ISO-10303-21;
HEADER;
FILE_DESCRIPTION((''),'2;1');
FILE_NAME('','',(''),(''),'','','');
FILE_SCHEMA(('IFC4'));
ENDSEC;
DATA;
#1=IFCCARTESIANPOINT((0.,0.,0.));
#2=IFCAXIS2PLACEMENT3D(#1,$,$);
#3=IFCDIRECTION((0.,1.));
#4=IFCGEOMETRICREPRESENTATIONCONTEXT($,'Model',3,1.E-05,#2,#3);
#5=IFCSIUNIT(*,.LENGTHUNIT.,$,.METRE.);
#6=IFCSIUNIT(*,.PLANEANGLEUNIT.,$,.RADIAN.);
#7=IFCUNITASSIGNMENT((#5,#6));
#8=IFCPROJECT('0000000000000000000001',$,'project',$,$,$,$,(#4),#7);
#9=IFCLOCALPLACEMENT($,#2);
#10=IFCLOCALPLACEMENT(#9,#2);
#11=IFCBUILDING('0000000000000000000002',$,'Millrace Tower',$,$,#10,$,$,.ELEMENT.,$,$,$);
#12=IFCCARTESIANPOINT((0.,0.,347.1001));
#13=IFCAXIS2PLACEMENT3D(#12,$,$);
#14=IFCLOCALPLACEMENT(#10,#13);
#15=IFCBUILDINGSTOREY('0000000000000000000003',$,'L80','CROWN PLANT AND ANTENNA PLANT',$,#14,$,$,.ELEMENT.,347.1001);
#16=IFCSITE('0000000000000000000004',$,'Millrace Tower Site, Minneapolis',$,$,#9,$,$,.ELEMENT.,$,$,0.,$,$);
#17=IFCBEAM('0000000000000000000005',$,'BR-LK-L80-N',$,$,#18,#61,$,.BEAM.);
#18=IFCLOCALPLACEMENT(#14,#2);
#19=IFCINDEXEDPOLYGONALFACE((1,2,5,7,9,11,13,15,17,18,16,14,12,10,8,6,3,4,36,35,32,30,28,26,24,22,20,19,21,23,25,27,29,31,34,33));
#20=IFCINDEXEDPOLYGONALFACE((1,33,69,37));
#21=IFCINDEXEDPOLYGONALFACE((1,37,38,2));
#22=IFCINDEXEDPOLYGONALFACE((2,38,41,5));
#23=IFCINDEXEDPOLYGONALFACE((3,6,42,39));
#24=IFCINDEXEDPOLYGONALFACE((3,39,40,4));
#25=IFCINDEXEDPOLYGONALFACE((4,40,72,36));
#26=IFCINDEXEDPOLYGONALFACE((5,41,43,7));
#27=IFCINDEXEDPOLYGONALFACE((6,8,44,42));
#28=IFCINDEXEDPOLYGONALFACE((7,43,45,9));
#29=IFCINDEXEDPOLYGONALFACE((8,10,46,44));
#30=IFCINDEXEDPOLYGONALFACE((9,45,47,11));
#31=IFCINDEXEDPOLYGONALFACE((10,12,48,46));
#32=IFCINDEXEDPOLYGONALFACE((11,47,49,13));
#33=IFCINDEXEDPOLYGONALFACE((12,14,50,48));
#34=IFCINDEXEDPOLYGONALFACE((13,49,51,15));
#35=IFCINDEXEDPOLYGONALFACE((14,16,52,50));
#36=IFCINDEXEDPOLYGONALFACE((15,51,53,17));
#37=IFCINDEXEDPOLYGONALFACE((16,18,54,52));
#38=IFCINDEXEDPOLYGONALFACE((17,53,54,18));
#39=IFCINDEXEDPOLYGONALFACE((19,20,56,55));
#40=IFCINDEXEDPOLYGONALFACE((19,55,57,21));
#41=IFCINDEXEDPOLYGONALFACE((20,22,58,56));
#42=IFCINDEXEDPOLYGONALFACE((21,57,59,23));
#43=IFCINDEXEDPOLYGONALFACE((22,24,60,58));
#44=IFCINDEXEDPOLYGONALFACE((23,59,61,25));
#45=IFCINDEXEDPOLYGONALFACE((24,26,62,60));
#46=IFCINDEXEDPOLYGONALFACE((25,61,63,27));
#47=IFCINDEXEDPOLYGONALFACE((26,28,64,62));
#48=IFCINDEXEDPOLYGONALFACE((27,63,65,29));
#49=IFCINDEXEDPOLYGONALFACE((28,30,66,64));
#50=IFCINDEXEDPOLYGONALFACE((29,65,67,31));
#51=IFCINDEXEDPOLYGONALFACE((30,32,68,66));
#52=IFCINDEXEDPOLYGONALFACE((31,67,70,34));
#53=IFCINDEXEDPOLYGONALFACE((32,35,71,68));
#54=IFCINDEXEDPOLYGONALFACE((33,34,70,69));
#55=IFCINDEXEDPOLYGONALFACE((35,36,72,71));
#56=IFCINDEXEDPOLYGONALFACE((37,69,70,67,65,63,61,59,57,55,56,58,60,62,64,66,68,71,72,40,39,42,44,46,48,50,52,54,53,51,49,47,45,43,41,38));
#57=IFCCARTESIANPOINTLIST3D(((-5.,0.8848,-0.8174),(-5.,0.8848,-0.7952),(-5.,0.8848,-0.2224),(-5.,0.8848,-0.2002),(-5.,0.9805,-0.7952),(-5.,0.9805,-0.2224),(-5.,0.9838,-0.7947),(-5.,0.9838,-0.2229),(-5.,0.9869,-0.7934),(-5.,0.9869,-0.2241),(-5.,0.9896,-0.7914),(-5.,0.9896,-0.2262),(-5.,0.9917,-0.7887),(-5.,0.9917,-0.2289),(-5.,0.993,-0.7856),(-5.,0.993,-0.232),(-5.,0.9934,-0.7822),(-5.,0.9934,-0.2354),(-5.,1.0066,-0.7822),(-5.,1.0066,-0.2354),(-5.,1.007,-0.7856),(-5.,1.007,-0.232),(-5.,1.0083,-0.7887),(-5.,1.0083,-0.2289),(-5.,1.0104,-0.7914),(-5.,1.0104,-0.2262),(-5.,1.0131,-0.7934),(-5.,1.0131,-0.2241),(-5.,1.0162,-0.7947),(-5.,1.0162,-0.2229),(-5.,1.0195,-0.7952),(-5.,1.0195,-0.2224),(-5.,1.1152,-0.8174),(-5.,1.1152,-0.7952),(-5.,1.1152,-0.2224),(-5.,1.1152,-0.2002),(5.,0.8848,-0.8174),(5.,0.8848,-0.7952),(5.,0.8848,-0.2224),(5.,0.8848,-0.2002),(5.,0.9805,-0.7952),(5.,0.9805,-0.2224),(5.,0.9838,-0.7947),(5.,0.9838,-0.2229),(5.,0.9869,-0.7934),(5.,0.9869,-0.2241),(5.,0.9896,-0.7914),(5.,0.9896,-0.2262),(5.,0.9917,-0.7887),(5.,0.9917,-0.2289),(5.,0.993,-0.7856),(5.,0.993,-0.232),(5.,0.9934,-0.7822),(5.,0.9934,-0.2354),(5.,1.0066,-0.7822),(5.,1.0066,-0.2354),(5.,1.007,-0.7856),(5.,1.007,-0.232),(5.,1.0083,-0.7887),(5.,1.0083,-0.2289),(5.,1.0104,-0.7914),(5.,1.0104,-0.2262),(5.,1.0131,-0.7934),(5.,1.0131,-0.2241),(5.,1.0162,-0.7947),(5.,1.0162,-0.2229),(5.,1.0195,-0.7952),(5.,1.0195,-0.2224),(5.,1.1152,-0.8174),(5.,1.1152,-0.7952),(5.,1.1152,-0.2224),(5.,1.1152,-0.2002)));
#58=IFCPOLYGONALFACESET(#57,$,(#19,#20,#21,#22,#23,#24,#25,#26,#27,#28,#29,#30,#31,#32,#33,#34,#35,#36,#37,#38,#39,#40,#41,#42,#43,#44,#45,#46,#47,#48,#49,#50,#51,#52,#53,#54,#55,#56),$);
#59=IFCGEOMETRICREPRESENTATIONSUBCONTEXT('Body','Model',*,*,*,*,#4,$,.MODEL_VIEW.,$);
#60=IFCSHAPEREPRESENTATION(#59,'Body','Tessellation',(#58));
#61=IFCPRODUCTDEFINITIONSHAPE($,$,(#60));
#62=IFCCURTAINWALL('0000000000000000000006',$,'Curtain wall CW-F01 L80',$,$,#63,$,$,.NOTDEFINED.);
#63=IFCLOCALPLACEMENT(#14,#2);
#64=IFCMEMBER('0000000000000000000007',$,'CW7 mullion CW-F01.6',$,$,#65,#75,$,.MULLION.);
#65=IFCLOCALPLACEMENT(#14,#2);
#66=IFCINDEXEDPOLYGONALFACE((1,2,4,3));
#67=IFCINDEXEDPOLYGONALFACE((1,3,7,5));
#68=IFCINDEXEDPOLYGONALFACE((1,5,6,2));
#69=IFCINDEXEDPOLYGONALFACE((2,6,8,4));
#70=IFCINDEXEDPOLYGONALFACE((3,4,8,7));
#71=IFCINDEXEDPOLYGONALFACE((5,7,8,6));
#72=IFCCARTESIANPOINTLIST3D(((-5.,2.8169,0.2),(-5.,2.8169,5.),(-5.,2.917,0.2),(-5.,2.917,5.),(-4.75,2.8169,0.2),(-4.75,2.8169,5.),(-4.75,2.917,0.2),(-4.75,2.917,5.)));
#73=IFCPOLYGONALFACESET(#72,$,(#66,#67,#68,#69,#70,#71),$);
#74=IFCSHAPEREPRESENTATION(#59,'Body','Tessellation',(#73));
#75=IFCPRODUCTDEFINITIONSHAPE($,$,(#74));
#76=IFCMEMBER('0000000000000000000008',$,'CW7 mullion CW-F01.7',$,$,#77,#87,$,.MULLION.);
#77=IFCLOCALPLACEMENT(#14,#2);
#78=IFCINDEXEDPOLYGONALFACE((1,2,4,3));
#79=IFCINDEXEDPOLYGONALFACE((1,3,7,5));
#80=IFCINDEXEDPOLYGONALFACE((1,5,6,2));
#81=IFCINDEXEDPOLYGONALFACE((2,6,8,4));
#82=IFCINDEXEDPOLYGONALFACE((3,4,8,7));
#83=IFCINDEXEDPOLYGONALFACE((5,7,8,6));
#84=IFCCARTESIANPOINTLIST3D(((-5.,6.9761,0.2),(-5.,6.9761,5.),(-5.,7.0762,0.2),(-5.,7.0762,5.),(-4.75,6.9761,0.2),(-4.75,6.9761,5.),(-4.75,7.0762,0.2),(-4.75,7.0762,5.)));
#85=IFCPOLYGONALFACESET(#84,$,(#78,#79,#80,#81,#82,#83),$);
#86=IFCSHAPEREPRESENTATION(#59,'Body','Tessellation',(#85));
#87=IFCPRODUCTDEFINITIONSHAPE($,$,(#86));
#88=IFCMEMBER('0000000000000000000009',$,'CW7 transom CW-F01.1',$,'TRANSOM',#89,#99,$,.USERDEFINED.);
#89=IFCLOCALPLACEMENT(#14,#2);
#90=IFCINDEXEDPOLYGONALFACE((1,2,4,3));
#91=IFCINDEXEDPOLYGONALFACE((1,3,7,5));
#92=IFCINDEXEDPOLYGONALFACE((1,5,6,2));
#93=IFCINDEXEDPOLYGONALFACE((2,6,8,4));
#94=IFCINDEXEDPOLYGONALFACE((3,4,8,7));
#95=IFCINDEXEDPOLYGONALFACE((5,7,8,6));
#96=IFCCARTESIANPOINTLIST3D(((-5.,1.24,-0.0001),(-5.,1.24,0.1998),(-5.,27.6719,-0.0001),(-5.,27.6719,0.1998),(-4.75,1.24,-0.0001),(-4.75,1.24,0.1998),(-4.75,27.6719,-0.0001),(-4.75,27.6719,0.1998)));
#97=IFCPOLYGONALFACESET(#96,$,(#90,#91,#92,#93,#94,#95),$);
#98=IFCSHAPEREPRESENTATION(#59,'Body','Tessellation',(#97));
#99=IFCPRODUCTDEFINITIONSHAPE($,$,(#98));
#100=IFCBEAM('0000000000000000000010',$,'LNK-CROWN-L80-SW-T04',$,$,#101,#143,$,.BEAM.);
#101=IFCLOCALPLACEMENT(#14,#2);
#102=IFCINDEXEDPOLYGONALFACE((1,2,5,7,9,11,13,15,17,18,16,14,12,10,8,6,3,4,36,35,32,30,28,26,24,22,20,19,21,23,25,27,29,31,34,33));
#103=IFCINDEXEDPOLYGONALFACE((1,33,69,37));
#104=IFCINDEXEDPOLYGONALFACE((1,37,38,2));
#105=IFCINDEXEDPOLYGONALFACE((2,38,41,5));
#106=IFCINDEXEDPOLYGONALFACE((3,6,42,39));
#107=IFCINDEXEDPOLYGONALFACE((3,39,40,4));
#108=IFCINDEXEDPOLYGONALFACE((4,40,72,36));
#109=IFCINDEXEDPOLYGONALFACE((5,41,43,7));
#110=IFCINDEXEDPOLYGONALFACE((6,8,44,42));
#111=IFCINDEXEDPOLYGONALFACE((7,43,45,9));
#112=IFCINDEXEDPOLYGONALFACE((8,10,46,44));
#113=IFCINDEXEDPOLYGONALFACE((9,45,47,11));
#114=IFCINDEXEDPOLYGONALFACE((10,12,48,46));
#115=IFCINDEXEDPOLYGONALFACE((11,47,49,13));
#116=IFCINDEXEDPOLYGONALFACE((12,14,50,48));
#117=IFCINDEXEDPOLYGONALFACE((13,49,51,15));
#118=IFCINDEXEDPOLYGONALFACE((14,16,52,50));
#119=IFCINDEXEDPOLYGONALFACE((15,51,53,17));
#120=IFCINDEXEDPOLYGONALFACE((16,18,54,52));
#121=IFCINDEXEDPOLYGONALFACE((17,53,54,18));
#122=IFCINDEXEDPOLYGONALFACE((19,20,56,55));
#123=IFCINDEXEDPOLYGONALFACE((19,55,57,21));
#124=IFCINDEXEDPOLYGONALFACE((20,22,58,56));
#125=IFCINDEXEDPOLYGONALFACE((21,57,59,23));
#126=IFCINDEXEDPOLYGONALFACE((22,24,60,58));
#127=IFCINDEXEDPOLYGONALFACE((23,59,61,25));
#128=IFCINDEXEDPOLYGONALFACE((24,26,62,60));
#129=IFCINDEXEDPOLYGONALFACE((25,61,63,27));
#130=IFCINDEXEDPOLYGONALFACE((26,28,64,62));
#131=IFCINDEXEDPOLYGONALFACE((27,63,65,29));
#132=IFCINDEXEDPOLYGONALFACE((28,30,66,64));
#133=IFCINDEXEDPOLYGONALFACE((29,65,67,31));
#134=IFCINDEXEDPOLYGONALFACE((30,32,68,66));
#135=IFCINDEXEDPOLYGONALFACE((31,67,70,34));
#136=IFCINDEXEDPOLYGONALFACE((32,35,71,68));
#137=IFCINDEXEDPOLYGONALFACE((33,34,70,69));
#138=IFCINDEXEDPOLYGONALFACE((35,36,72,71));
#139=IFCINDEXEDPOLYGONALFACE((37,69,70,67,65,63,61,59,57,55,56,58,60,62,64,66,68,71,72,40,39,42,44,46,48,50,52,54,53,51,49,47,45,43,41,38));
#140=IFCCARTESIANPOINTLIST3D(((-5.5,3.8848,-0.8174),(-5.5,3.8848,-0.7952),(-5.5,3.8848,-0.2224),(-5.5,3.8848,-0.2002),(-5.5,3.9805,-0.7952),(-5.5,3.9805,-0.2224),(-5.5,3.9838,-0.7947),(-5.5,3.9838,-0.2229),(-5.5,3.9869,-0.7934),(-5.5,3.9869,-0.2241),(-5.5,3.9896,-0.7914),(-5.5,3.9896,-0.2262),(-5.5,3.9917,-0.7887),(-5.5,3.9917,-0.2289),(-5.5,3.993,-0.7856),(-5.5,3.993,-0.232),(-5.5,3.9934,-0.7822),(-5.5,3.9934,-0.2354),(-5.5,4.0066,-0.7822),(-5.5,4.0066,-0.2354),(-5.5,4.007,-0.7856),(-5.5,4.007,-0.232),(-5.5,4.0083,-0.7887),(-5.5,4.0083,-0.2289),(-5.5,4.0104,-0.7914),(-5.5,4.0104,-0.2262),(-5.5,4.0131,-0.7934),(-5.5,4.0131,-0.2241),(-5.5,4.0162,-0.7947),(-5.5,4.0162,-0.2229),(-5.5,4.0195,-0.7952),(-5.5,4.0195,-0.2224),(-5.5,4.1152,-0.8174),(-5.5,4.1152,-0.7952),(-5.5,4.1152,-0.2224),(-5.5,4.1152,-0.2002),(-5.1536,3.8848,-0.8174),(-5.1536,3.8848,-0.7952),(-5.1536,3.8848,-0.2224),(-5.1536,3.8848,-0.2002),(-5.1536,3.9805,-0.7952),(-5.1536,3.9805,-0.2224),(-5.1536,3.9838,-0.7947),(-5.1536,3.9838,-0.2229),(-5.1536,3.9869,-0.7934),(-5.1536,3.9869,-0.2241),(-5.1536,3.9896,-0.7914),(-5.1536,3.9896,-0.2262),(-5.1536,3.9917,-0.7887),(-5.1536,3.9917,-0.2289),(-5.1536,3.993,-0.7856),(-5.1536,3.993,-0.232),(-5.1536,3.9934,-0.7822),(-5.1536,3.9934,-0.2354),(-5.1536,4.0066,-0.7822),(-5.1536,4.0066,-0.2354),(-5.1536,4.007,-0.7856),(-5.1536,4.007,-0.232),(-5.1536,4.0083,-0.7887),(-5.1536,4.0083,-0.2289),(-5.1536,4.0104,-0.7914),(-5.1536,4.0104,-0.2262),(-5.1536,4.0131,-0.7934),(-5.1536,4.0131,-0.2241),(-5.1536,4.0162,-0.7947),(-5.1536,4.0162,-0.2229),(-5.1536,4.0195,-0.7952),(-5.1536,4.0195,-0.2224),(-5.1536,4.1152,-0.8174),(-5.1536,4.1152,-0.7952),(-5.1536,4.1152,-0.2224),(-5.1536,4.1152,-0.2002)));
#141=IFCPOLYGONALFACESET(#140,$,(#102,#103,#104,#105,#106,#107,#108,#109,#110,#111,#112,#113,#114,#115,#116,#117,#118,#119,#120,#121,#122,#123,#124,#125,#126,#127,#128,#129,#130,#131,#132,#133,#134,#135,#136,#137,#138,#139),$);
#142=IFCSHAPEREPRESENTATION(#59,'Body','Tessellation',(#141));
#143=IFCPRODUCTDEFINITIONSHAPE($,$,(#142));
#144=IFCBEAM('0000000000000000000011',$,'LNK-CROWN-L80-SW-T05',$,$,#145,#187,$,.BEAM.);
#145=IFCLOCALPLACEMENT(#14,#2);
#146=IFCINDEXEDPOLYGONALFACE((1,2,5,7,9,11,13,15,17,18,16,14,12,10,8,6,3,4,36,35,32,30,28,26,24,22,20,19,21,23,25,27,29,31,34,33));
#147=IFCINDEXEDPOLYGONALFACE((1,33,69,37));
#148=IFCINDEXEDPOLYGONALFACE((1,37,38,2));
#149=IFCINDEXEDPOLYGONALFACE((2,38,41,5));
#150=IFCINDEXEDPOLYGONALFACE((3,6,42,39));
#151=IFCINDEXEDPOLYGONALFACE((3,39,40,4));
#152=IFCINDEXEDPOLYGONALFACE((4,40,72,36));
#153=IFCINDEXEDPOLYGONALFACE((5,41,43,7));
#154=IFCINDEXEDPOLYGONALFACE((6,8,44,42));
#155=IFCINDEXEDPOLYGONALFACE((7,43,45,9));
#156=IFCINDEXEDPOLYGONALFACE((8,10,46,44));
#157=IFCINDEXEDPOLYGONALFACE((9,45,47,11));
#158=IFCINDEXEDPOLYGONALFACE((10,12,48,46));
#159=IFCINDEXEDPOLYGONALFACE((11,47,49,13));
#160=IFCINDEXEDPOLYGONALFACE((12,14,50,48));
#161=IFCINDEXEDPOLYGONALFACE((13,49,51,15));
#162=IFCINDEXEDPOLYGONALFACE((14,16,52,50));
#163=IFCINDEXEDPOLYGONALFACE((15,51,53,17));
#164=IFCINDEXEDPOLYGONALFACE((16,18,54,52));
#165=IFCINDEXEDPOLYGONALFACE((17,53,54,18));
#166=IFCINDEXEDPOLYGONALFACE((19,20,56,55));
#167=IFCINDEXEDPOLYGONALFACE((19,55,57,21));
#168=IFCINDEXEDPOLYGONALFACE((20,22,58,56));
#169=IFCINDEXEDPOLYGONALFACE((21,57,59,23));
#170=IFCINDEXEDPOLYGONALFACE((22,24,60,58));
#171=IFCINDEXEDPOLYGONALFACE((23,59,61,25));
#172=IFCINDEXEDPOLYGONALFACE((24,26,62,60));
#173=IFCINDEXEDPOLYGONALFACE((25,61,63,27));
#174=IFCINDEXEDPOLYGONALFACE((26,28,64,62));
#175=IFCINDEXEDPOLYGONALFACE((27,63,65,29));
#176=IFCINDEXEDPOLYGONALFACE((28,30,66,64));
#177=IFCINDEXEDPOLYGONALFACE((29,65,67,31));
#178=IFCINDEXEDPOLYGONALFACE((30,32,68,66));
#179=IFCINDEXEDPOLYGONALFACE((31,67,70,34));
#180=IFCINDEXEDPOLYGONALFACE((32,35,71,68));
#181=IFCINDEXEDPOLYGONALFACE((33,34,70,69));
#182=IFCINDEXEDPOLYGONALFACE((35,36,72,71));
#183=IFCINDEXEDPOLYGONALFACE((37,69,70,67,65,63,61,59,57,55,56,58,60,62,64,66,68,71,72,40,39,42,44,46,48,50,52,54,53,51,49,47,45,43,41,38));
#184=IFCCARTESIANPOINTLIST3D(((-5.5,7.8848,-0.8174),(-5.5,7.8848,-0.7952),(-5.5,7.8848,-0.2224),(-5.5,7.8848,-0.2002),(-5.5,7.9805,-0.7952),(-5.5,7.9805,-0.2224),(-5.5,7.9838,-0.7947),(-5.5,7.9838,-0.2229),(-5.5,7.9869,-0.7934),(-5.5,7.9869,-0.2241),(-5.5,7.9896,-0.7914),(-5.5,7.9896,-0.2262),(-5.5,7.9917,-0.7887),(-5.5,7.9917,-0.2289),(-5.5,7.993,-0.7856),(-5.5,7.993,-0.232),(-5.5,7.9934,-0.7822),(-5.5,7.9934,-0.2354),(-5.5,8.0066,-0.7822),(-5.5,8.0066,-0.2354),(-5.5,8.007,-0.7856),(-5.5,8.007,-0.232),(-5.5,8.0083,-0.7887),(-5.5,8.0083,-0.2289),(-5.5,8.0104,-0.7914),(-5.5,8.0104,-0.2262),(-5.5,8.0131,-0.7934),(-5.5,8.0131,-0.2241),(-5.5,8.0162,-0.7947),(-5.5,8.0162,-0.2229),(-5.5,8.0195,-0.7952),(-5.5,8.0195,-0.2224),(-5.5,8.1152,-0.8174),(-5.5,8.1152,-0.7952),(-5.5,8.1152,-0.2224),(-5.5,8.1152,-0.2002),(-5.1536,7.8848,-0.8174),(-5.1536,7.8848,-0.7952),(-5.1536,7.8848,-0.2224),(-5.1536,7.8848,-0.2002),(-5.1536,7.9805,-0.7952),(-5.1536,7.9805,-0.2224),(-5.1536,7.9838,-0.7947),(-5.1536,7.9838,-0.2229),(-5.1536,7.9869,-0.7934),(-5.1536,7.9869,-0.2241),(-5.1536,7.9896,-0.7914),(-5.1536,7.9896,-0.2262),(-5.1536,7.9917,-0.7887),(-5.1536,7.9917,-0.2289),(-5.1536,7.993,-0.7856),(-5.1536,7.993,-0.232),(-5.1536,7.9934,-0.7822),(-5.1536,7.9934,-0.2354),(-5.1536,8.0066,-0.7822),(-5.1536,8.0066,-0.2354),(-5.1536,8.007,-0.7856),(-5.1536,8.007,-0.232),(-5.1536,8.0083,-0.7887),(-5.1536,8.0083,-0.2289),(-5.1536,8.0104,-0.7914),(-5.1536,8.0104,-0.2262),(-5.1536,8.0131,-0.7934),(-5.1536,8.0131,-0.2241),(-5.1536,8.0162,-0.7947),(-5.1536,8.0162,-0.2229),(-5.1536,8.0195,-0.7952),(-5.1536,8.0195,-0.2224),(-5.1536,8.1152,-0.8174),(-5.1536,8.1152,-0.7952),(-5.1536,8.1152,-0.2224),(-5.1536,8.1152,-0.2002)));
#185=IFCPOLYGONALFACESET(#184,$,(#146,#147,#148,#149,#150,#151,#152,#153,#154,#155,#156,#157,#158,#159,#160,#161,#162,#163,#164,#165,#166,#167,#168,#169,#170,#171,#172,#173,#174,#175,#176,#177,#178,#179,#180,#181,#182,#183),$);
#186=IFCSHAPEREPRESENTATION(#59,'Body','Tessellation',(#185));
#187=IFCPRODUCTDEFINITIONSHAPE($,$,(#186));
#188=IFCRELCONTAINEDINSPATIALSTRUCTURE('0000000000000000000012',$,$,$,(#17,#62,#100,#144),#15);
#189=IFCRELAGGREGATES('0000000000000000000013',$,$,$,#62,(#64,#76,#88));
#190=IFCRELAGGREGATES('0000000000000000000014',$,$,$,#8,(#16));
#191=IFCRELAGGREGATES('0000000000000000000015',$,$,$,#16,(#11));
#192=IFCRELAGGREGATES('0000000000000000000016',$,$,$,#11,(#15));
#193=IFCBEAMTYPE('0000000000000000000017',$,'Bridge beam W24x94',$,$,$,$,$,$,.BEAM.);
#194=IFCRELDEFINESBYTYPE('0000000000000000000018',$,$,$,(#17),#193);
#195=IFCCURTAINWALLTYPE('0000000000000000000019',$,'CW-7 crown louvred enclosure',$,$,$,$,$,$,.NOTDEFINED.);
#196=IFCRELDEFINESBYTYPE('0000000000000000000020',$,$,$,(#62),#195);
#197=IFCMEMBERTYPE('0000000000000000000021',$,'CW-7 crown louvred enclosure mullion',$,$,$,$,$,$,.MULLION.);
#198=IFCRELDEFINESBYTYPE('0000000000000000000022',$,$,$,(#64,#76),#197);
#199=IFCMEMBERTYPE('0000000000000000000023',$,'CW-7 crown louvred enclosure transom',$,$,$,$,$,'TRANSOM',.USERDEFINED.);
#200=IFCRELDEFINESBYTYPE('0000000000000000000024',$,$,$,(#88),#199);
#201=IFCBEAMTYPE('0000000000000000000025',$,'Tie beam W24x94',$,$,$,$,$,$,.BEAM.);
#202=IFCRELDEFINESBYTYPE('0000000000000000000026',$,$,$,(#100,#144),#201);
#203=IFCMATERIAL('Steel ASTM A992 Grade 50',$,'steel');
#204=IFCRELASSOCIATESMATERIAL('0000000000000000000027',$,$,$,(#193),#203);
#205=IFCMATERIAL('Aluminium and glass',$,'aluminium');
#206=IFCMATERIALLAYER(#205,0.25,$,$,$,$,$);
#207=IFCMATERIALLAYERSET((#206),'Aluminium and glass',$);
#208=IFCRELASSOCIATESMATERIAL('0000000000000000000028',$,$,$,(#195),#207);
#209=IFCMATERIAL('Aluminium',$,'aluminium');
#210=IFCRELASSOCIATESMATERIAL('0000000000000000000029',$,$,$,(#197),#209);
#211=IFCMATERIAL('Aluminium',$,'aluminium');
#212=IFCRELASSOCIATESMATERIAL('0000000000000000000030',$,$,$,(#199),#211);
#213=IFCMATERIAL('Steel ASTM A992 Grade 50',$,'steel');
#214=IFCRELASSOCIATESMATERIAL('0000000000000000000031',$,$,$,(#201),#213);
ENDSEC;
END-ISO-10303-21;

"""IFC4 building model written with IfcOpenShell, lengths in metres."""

from ifc_helpers import new_model, si_unit, direction, frame, origin, origin_2d, place, context, subcontext, project, spatial, rectangle, i_section, extrude, material, layer, layer_set, material_profile, profile_set, type_object, element, aggregate, save


model = new_model("IFC4")

# Units and contexts
model_context = context("Model", 3, precision=1e-05, world=origin(), true_north=direction((0.0, 1.0)))
body_context = subcontext(model_context, "Body", "Model", "MODEL_VIEW")
ifc_project = project(units=[si_unit("LENGTHUNIT", "METRE"), si_unit("PLANEANGLEUNIT", "RADIAN")], contexts=[model_context])

# Site, building, storey
site_placement = place(None, origin())
site = spatial("IfcSite", under=ifc_project, at=site_placement, Name="Millrace Tower Site, Minneapolis", CompositionType="ELEMENT", RefElevation=0.0)
building_placement = place(site_placement, origin())
building = spatial("IfcBuilding", under=site, at=building_placement, Name="Millrace Tower", CompositionType="ELEMENT")
storey_placement = place(building_placement, frame((0.0, 0.0, 347.1001)))
storey = spatial("IfcBuildingStorey", under=building, at=storey_placement, Name="L80", Description="CROWN PLANT AND ANTENNA PLANT", CompositionType="ELEMENT", Elevation=347.1001)

# Beam
ifc_material_1 = material(Name="Steel ASTM A992 Grade 50", Category="steel")
ifc_material_profile_1 = material_profile(ifc_material_1, i_section(OverallWidth=0.2305, OverallDepth=0.6172, WebThickness=0.0132, FlangeThickness=0.0222, FilletRadius=0.0129, at=origin_2d()))
ifc_profile_set_1 = profile_set([ifc_material_profile_1], Name="Steel ASTM A992 Grade 50")
beam_type_1 = type_object("IfcBeamType", Name="Bridge beam W24x94", PredefinedType="BEAM", material=ifc_profile_set_1)
beam_placement = place(storey_placement, frame((-5.0, 1.0, -0.5088), z_axis=(1.0, 0.0, 0.0), x_axis=(0.0, 1.0, 0.0)))
element("IfcBeam", 1, at=beam_placement, inside=storey, type_object=beam_type_1, Name="BR-LK-L80-N", PredefinedType="BEAM", context=body_context, shape_type="SweptSolid", body=[
    extrude(i_section(OverallWidth=0.2305, OverallDepth=0.6172, WebThickness=0.0132, FlangeThickness=0.0222, FilletRadius=0.0129, at=origin_2d()), origin(), (0.0, 0.0, 1.0), 10.0),
])

# Curtain wall, members
ifc_material_2 = material(Name="Aluminium and glass", Category="aluminium")
ifc_layer_1 = layer(ifc_material_2, 0.25)
ifc_layer_set_1 = layer_set([ifc_layer_1], Name="Aluminium and glass")
curtain_wall_type = type_object("IfcCurtainWallType", Name="CW-7 crown louvred enclosure", PredefinedType="NOTDEFINED", material=ifc_layer_set_1)
placement_1 = place(storey_placement, origin())
curtain_wall_1 = element("IfcCurtainWall", 2, at=placement_1, inside=storey, type_object=curtain_wall_type, Name="Curtain wall CW-F01 L80", PredefinedType="NOTDEFINED")
ifc_material_3 = material(Name="Aluminium", Category="aluminium")
ifc_material_profile_2 = material_profile(ifc_material_3, rectangle(XDim=0.1001, YDim=0.25, at=origin_2d()))
ifc_profile_set_2 = profile_set([ifc_material_profile_2], Name="Aluminium")
member_type_1 = type_object("IfcMemberType", Name="CW-7 crown louvred enclosure mullion", PredefinedType="MULLION", material=ifc_profile_set_2)
member_1_placement = place(storey_placement, frame((-4.875, 2.8669, 0.2), z_axis=(0.0, 0.0, 1.0), x_axis=(0.0, 1.0, 0.0)))
member_1 = element("IfcMember", 3, at=member_1_placement, type_object=member_type_1, Name="CW7 mullion CW-F01.6", PredefinedType="MULLION", context=body_context, shape_type="SweptSolid", body=[
    extrude(rectangle(XDim=0.1001, YDim=0.25, at=origin_2d()), origin(), (0.0, 0.0, 1.0), 4.8),
])
member_2_placement = place(storey_placement, frame((-4.875, 7.0261, 0.2), z_axis=(0.0, 0.0, 1.0), x_axis=(0.0, 1.0, 0.0)))
member_2 = element("IfcMember", 4, at=member_2_placement, type_object=member_type_1, Name="CW7 mullion CW-F01.7", PredefinedType="MULLION", context=body_context, shape_type="SweptSolid", body=[
    extrude(rectangle(XDim=0.1001, YDim=0.25, at=origin_2d()), origin(), (0.0, 0.0, 1.0), 4.8),
])
ifc_material_4 = material(Name="Aluminium", Category="aluminium")
ifc_material_profile_3 = material_profile(ifc_material_4, rectangle(XDim=0.25, YDim=0.2, at=origin_2d()))
ifc_profile_set_3 = profile_set([ifc_material_profile_3], Name="Aluminium")
member_type_2 = type_object("IfcMemberType", Name="CW-7 crown louvred enclosure transom", ElementType="TRANSOM", PredefinedType="USERDEFINED", material=ifc_profile_set_3)
member_3_placement = place(storey_placement, frame((-4.875, 1.24, 0.0999), z_axis=(0.0, 1.0, 0.0), x_axis=(-1.0, 0.0, 0.0)))
member_3 = element("IfcMember", 5, at=member_3_placement, type_object=member_type_2, Name="CW7 transom CW-F01.1", ObjectType="TRANSOM", PredefinedType="USERDEFINED", context=body_context, shape_type="SweptSolid", body=[
    extrude(rectangle(XDim=0.25, YDim=0.2, at=origin_2d()), origin(), (0.0, 0.0, 1.0), 26.4319),
])
aggregate(curtain_wall_1, [member_1, member_2, member_3])

# Beams
ifc_material_5 = material(Name="Steel ASTM A992 Grade 50", Category="steel")
ifc_material_profile_4 = material_profile(ifc_material_5, i_section(OverallWidth=0.2305, OverallDepth=0.6172, WebThickness=0.0132, FlangeThickness=0.0222, FilletRadius=0.0129, at=origin_2d()))
ifc_profile_set_4 = profile_set([ifc_material_profile_4], Name="Steel ASTM A992 Grade 50")
beam_type_2 = type_object("IfcBeamType", Name="Tie beam W24x94", PredefinedType="BEAM", material=ifc_profile_set_4)
for number, where, z_axis, x_axis, name in (
    (6, (-5.1536, 4.0, -0.5088), (-1.0, 0.0, 0.0), (0.0, -1.0, 0.0), "LNK-CROWN-L80-SW-T04"),
    (7, (-5.1536, 8.0, -0.5088), (-1.0, 0.0, 0.0), (0.0, -1.0, 0.0), "LNK-CROWN-L80-SW-T05"),
):
    element("IfcBeam", number, at=place(storey_placement, frame(where, z_axis=z_axis, x_axis=x_axis)), inside=storey, type_object=beam_type_2, Name=name, PredefinedType="BEAM", context=body_context, shape_type="SweptSolid", body=[
        extrude(i_section(OverallWidth=0.2305, OverallDepth=0.6172, WebThickness=0.0132, FlangeThickness=0.0222, FilletRadius=0.0129, at=origin_2d()), origin(), (0.0, 0.0, 1.0), 0.3464),
    ])

save(model, "model.ifc")
